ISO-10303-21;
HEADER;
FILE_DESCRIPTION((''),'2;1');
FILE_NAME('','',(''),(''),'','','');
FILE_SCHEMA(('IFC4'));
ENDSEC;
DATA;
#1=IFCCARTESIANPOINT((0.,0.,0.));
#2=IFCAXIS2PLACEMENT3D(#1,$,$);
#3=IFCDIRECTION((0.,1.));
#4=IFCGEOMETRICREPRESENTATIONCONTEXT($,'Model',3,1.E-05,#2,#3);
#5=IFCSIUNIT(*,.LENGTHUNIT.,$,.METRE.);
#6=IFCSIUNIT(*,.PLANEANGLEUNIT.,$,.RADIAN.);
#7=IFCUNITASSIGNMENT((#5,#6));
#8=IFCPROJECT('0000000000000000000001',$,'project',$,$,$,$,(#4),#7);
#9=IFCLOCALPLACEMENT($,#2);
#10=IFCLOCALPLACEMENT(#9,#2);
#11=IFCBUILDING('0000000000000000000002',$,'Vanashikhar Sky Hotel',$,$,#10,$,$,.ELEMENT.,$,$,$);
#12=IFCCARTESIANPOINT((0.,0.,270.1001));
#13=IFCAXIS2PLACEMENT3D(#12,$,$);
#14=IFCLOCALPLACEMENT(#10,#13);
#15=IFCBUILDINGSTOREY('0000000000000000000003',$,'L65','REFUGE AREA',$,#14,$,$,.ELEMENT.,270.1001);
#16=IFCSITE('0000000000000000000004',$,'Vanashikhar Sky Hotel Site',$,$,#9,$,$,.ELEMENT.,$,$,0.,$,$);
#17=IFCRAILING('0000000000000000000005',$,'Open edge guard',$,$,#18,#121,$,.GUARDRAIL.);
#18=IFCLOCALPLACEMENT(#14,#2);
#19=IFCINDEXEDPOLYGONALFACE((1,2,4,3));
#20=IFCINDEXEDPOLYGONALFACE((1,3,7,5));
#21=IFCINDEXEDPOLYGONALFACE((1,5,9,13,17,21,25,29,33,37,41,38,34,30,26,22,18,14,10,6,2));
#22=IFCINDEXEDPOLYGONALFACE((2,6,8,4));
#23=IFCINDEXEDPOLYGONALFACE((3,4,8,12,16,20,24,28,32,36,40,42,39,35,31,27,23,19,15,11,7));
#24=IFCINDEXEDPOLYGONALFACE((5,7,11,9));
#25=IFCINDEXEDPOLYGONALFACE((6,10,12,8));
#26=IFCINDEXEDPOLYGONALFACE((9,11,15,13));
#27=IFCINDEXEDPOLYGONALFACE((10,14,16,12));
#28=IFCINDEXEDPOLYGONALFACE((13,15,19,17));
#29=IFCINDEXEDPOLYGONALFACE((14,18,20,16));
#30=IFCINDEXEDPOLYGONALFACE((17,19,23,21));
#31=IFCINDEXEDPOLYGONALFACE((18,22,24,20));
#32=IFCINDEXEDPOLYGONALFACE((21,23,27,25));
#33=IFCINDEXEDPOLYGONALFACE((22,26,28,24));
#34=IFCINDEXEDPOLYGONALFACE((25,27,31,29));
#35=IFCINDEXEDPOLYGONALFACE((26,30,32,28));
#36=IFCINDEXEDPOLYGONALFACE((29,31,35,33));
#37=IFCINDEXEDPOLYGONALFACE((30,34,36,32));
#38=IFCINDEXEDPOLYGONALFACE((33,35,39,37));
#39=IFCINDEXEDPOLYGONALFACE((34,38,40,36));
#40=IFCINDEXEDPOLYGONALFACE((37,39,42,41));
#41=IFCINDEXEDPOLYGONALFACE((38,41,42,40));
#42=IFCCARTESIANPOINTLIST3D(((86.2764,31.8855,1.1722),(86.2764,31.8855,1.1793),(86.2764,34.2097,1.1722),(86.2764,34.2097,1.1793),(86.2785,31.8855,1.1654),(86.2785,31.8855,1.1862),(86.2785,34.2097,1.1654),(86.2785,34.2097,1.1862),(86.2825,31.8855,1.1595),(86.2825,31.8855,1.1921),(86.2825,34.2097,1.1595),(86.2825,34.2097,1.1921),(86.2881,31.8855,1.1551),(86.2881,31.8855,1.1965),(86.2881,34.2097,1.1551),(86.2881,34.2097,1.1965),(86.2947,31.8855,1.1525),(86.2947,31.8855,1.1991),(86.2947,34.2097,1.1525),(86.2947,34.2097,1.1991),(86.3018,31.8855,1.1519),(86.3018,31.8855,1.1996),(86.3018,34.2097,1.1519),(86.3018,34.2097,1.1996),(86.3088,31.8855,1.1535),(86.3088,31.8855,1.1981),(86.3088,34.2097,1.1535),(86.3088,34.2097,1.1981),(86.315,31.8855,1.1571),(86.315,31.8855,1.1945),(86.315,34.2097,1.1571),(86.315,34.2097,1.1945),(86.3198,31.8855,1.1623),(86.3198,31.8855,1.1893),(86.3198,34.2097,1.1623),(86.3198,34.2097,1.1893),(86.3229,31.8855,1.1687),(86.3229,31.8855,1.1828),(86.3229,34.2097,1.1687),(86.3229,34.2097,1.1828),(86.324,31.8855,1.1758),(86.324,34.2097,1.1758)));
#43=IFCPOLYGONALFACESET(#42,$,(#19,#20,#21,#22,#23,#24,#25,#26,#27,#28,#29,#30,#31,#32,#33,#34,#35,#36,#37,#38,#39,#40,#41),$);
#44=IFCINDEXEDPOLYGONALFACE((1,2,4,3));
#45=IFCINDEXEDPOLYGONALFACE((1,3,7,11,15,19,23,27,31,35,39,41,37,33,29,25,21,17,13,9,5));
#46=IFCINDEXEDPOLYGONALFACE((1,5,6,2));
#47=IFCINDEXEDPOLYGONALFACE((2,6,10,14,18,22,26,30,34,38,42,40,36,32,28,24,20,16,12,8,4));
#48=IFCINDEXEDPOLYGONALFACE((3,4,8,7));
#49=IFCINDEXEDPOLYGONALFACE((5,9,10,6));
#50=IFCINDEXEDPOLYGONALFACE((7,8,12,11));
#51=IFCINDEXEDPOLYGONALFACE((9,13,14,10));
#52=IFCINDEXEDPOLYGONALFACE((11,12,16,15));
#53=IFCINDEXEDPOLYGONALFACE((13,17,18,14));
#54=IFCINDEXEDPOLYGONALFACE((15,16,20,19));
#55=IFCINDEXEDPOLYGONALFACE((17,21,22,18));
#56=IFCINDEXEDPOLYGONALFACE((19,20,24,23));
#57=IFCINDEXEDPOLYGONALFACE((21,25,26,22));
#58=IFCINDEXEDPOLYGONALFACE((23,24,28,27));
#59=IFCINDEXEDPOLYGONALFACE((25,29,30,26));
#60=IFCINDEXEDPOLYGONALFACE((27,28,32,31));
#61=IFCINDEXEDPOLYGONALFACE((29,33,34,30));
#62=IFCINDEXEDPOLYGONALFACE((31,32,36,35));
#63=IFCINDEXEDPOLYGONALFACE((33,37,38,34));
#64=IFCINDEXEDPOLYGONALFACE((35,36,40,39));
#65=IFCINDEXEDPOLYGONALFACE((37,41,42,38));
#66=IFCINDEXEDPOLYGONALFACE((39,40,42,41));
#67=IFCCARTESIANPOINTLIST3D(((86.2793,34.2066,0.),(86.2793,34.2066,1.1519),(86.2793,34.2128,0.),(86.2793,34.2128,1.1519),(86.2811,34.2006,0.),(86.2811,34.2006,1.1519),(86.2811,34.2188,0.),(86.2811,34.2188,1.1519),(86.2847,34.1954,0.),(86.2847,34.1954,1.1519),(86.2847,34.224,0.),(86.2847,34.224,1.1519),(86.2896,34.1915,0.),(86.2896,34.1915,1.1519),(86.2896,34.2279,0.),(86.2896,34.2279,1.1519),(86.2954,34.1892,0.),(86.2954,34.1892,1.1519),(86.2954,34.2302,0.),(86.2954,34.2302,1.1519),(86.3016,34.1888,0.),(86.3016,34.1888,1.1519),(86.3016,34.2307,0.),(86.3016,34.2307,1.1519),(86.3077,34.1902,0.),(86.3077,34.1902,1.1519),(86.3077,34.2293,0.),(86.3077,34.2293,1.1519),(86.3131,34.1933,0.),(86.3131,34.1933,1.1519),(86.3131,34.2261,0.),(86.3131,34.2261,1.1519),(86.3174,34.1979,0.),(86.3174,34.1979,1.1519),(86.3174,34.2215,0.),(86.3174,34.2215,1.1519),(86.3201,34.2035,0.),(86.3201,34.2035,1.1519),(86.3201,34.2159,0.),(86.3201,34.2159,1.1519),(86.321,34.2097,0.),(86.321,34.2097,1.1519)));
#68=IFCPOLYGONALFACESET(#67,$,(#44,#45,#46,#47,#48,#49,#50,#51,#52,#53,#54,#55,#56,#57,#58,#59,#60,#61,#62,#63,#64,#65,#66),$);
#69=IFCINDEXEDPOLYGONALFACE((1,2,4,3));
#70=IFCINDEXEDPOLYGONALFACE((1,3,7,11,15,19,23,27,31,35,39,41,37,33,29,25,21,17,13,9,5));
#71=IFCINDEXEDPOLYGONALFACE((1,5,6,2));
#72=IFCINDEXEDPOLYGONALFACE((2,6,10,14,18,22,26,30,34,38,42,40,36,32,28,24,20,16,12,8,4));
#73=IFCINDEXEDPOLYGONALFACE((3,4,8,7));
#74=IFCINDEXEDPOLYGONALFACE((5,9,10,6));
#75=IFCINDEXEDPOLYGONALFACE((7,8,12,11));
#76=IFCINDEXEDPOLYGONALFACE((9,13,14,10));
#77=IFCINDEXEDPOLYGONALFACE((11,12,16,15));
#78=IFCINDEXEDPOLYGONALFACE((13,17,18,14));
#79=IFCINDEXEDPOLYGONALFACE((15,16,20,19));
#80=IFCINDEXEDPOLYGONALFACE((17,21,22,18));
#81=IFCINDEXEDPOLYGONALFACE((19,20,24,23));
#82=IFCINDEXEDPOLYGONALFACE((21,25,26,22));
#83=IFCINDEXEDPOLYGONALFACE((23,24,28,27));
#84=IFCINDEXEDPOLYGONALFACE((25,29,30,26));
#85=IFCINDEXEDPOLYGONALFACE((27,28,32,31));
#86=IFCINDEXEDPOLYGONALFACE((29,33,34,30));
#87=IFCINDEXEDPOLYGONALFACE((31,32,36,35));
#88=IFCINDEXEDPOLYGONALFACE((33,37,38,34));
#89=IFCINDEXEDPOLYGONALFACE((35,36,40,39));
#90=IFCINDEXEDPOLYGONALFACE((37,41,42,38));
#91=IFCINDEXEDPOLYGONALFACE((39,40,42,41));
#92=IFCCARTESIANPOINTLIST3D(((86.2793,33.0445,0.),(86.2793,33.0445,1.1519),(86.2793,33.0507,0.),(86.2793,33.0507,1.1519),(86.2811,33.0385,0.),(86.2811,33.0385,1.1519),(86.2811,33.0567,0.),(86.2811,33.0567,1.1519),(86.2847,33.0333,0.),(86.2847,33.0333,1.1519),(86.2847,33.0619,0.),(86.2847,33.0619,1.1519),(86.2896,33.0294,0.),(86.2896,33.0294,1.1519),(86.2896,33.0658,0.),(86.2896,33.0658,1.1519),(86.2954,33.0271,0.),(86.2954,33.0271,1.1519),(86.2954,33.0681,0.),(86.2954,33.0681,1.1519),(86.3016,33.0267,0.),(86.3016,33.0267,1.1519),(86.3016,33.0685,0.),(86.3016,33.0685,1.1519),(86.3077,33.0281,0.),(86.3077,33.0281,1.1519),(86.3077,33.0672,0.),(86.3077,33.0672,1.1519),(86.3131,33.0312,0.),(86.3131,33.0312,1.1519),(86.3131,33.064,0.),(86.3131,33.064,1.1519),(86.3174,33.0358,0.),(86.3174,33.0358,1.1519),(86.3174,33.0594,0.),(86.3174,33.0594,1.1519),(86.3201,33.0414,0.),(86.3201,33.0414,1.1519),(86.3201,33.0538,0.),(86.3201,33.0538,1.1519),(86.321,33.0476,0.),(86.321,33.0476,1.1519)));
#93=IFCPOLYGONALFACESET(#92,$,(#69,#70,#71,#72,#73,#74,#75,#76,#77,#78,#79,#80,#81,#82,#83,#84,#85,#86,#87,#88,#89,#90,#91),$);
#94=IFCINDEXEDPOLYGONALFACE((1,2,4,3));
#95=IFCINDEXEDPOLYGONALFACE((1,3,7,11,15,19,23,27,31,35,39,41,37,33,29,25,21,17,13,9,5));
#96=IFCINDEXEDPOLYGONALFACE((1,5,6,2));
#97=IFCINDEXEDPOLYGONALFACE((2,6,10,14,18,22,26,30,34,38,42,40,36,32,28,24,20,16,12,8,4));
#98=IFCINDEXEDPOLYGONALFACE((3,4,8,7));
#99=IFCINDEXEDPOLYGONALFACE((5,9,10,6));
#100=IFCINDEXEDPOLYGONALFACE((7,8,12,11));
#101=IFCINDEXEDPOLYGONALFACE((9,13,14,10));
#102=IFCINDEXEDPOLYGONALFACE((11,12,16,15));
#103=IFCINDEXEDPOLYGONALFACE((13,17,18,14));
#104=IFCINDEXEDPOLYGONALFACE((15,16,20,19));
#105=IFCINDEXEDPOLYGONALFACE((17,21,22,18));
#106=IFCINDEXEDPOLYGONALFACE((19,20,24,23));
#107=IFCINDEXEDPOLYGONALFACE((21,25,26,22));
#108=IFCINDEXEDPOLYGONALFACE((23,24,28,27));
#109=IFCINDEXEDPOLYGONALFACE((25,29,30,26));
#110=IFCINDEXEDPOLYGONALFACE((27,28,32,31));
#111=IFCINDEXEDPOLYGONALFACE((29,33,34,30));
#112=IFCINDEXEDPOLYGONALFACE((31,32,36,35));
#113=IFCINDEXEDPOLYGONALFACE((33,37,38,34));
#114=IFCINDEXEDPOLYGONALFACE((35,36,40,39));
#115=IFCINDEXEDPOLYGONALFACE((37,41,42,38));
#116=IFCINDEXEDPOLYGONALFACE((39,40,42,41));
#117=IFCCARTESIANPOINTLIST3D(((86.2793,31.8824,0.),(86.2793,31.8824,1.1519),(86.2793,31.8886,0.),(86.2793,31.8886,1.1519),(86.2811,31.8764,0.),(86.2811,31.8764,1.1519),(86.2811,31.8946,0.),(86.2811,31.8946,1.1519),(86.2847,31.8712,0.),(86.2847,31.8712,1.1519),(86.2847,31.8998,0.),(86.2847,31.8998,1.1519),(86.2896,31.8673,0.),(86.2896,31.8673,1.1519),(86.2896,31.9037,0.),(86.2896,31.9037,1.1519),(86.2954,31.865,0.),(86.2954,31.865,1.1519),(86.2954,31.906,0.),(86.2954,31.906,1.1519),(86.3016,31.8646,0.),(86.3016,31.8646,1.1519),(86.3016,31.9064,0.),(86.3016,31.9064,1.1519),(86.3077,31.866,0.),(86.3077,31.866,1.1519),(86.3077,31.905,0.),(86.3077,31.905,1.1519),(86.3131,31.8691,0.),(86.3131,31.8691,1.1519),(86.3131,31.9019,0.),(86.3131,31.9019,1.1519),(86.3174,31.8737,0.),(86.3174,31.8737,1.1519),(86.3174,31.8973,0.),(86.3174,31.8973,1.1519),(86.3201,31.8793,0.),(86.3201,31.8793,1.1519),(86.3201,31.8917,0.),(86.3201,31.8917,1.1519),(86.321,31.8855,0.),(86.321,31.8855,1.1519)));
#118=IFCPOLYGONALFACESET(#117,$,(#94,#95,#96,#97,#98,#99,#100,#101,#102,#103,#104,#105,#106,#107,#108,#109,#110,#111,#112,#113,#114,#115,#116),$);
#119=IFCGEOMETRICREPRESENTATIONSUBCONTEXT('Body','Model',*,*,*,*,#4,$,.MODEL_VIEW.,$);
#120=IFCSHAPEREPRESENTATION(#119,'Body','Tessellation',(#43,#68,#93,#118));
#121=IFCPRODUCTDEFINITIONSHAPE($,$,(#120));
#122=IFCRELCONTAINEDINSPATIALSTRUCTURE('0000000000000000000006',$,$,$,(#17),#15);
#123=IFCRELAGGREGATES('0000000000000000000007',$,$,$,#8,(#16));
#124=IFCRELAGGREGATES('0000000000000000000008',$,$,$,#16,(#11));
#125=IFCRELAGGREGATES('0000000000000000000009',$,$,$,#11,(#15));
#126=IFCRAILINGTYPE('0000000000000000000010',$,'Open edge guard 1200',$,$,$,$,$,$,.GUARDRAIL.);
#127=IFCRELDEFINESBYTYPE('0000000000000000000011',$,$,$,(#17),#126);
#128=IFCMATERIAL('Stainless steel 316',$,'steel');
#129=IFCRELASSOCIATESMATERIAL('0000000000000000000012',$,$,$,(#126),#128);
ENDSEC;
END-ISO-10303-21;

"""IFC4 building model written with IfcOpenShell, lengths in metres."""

from ifc_helpers import new_model, si_unit, direction, frame, origin, origin_2d, place, context, subcontext, project, spatial, circle, extrude, source, transform, mapped, material, type_object, element, save


model = new_model("IFC4")

# Units and contexts
model_context = context("Model", 3, precision=1e-05, world=origin(), true_north=direction((0.0, 1.0)))
body_context = subcontext(model_context, "Body", "Model", "MODEL_VIEW")
ifc_project = project(units=[si_unit("LENGTHUNIT", "METRE"), si_unit("PLANEANGLEUNIT", "RADIAN")], contexts=[model_context])

# Site, building, storey
site_placement = place(None, origin())
site = spatial("IfcSite", under=ifc_project, at=site_placement, Name="Vanashikhar Sky Hotel Site", CompositionType="ELEMENT", RefElevation=0.0)
building_placement = place(site_placement, origin())
building = spatial("IfcBuilding", under=site, at=building_placement, Name="Vanashikhar Sky Hotel", CompositionType="ELEMENT")
storey_placement = place(building_placement, frame((0.0, 0.0, 270.1001)))
storey = spatial("IfcBuildingStorey", under=building, at=storey_placement, Name="L65", Description="REFUGE AREA", CompositionType="ELEMENT", Elevation=270.1001)

# Railing
ifc_material_1 = material(Name="Stainless steel 316", Category="steel")
railing_type_1 = type_object("IfcRailingType", Name="Open edge guard 1200", PredefinedType="GUARDRAIL", material=ifc_material_1)
shared_shape_1 = source(origin(), body_context, "Body", "SweptSolid", [
    extrude(circle(Radius=0.0239, at=origin_2d()), frame((0.0, 0.0, 1.1758), z_axis=(0.0, -1.0, 0.0), x_axis=(1.0, 0.0, 0.0)), (0.0, 0.0, 1.0), 2.3242),
    extrude(circle(Radius=0.021, at=origin_2d()), origin(), (0.0, 0.0, 1.0), 1.1519),
    extrude(circle(Radius=0.021, at=origin_2d()), frame((0.0, -1.1621, 0.0)), (0.0, 0.0, 1.0), 1.1519),
    extrude(circle(Radius=0.021, at=origin_2d()), frame((0.0, -2.3242, 0.0)), (0.0, 0.0, 1.0), 1.1519),
])
for number, where, name in (
    (1, (86.3, 34.2097, 0.0), "Open edge guard"),
):
    element("IfcRailing", number, at=place(storey_placement, frame(where)), inside=storey, type_object=railing_type_1, Name=name, PredefinedType="GUARDRAIL", context=body_context, shape_type="MappedRepresentation", body=[
        mapped(shared_shape_1, transform((0.0, 0.0, 0.0), scale=1.0)),
    ])

save(model, "model.ifc")
